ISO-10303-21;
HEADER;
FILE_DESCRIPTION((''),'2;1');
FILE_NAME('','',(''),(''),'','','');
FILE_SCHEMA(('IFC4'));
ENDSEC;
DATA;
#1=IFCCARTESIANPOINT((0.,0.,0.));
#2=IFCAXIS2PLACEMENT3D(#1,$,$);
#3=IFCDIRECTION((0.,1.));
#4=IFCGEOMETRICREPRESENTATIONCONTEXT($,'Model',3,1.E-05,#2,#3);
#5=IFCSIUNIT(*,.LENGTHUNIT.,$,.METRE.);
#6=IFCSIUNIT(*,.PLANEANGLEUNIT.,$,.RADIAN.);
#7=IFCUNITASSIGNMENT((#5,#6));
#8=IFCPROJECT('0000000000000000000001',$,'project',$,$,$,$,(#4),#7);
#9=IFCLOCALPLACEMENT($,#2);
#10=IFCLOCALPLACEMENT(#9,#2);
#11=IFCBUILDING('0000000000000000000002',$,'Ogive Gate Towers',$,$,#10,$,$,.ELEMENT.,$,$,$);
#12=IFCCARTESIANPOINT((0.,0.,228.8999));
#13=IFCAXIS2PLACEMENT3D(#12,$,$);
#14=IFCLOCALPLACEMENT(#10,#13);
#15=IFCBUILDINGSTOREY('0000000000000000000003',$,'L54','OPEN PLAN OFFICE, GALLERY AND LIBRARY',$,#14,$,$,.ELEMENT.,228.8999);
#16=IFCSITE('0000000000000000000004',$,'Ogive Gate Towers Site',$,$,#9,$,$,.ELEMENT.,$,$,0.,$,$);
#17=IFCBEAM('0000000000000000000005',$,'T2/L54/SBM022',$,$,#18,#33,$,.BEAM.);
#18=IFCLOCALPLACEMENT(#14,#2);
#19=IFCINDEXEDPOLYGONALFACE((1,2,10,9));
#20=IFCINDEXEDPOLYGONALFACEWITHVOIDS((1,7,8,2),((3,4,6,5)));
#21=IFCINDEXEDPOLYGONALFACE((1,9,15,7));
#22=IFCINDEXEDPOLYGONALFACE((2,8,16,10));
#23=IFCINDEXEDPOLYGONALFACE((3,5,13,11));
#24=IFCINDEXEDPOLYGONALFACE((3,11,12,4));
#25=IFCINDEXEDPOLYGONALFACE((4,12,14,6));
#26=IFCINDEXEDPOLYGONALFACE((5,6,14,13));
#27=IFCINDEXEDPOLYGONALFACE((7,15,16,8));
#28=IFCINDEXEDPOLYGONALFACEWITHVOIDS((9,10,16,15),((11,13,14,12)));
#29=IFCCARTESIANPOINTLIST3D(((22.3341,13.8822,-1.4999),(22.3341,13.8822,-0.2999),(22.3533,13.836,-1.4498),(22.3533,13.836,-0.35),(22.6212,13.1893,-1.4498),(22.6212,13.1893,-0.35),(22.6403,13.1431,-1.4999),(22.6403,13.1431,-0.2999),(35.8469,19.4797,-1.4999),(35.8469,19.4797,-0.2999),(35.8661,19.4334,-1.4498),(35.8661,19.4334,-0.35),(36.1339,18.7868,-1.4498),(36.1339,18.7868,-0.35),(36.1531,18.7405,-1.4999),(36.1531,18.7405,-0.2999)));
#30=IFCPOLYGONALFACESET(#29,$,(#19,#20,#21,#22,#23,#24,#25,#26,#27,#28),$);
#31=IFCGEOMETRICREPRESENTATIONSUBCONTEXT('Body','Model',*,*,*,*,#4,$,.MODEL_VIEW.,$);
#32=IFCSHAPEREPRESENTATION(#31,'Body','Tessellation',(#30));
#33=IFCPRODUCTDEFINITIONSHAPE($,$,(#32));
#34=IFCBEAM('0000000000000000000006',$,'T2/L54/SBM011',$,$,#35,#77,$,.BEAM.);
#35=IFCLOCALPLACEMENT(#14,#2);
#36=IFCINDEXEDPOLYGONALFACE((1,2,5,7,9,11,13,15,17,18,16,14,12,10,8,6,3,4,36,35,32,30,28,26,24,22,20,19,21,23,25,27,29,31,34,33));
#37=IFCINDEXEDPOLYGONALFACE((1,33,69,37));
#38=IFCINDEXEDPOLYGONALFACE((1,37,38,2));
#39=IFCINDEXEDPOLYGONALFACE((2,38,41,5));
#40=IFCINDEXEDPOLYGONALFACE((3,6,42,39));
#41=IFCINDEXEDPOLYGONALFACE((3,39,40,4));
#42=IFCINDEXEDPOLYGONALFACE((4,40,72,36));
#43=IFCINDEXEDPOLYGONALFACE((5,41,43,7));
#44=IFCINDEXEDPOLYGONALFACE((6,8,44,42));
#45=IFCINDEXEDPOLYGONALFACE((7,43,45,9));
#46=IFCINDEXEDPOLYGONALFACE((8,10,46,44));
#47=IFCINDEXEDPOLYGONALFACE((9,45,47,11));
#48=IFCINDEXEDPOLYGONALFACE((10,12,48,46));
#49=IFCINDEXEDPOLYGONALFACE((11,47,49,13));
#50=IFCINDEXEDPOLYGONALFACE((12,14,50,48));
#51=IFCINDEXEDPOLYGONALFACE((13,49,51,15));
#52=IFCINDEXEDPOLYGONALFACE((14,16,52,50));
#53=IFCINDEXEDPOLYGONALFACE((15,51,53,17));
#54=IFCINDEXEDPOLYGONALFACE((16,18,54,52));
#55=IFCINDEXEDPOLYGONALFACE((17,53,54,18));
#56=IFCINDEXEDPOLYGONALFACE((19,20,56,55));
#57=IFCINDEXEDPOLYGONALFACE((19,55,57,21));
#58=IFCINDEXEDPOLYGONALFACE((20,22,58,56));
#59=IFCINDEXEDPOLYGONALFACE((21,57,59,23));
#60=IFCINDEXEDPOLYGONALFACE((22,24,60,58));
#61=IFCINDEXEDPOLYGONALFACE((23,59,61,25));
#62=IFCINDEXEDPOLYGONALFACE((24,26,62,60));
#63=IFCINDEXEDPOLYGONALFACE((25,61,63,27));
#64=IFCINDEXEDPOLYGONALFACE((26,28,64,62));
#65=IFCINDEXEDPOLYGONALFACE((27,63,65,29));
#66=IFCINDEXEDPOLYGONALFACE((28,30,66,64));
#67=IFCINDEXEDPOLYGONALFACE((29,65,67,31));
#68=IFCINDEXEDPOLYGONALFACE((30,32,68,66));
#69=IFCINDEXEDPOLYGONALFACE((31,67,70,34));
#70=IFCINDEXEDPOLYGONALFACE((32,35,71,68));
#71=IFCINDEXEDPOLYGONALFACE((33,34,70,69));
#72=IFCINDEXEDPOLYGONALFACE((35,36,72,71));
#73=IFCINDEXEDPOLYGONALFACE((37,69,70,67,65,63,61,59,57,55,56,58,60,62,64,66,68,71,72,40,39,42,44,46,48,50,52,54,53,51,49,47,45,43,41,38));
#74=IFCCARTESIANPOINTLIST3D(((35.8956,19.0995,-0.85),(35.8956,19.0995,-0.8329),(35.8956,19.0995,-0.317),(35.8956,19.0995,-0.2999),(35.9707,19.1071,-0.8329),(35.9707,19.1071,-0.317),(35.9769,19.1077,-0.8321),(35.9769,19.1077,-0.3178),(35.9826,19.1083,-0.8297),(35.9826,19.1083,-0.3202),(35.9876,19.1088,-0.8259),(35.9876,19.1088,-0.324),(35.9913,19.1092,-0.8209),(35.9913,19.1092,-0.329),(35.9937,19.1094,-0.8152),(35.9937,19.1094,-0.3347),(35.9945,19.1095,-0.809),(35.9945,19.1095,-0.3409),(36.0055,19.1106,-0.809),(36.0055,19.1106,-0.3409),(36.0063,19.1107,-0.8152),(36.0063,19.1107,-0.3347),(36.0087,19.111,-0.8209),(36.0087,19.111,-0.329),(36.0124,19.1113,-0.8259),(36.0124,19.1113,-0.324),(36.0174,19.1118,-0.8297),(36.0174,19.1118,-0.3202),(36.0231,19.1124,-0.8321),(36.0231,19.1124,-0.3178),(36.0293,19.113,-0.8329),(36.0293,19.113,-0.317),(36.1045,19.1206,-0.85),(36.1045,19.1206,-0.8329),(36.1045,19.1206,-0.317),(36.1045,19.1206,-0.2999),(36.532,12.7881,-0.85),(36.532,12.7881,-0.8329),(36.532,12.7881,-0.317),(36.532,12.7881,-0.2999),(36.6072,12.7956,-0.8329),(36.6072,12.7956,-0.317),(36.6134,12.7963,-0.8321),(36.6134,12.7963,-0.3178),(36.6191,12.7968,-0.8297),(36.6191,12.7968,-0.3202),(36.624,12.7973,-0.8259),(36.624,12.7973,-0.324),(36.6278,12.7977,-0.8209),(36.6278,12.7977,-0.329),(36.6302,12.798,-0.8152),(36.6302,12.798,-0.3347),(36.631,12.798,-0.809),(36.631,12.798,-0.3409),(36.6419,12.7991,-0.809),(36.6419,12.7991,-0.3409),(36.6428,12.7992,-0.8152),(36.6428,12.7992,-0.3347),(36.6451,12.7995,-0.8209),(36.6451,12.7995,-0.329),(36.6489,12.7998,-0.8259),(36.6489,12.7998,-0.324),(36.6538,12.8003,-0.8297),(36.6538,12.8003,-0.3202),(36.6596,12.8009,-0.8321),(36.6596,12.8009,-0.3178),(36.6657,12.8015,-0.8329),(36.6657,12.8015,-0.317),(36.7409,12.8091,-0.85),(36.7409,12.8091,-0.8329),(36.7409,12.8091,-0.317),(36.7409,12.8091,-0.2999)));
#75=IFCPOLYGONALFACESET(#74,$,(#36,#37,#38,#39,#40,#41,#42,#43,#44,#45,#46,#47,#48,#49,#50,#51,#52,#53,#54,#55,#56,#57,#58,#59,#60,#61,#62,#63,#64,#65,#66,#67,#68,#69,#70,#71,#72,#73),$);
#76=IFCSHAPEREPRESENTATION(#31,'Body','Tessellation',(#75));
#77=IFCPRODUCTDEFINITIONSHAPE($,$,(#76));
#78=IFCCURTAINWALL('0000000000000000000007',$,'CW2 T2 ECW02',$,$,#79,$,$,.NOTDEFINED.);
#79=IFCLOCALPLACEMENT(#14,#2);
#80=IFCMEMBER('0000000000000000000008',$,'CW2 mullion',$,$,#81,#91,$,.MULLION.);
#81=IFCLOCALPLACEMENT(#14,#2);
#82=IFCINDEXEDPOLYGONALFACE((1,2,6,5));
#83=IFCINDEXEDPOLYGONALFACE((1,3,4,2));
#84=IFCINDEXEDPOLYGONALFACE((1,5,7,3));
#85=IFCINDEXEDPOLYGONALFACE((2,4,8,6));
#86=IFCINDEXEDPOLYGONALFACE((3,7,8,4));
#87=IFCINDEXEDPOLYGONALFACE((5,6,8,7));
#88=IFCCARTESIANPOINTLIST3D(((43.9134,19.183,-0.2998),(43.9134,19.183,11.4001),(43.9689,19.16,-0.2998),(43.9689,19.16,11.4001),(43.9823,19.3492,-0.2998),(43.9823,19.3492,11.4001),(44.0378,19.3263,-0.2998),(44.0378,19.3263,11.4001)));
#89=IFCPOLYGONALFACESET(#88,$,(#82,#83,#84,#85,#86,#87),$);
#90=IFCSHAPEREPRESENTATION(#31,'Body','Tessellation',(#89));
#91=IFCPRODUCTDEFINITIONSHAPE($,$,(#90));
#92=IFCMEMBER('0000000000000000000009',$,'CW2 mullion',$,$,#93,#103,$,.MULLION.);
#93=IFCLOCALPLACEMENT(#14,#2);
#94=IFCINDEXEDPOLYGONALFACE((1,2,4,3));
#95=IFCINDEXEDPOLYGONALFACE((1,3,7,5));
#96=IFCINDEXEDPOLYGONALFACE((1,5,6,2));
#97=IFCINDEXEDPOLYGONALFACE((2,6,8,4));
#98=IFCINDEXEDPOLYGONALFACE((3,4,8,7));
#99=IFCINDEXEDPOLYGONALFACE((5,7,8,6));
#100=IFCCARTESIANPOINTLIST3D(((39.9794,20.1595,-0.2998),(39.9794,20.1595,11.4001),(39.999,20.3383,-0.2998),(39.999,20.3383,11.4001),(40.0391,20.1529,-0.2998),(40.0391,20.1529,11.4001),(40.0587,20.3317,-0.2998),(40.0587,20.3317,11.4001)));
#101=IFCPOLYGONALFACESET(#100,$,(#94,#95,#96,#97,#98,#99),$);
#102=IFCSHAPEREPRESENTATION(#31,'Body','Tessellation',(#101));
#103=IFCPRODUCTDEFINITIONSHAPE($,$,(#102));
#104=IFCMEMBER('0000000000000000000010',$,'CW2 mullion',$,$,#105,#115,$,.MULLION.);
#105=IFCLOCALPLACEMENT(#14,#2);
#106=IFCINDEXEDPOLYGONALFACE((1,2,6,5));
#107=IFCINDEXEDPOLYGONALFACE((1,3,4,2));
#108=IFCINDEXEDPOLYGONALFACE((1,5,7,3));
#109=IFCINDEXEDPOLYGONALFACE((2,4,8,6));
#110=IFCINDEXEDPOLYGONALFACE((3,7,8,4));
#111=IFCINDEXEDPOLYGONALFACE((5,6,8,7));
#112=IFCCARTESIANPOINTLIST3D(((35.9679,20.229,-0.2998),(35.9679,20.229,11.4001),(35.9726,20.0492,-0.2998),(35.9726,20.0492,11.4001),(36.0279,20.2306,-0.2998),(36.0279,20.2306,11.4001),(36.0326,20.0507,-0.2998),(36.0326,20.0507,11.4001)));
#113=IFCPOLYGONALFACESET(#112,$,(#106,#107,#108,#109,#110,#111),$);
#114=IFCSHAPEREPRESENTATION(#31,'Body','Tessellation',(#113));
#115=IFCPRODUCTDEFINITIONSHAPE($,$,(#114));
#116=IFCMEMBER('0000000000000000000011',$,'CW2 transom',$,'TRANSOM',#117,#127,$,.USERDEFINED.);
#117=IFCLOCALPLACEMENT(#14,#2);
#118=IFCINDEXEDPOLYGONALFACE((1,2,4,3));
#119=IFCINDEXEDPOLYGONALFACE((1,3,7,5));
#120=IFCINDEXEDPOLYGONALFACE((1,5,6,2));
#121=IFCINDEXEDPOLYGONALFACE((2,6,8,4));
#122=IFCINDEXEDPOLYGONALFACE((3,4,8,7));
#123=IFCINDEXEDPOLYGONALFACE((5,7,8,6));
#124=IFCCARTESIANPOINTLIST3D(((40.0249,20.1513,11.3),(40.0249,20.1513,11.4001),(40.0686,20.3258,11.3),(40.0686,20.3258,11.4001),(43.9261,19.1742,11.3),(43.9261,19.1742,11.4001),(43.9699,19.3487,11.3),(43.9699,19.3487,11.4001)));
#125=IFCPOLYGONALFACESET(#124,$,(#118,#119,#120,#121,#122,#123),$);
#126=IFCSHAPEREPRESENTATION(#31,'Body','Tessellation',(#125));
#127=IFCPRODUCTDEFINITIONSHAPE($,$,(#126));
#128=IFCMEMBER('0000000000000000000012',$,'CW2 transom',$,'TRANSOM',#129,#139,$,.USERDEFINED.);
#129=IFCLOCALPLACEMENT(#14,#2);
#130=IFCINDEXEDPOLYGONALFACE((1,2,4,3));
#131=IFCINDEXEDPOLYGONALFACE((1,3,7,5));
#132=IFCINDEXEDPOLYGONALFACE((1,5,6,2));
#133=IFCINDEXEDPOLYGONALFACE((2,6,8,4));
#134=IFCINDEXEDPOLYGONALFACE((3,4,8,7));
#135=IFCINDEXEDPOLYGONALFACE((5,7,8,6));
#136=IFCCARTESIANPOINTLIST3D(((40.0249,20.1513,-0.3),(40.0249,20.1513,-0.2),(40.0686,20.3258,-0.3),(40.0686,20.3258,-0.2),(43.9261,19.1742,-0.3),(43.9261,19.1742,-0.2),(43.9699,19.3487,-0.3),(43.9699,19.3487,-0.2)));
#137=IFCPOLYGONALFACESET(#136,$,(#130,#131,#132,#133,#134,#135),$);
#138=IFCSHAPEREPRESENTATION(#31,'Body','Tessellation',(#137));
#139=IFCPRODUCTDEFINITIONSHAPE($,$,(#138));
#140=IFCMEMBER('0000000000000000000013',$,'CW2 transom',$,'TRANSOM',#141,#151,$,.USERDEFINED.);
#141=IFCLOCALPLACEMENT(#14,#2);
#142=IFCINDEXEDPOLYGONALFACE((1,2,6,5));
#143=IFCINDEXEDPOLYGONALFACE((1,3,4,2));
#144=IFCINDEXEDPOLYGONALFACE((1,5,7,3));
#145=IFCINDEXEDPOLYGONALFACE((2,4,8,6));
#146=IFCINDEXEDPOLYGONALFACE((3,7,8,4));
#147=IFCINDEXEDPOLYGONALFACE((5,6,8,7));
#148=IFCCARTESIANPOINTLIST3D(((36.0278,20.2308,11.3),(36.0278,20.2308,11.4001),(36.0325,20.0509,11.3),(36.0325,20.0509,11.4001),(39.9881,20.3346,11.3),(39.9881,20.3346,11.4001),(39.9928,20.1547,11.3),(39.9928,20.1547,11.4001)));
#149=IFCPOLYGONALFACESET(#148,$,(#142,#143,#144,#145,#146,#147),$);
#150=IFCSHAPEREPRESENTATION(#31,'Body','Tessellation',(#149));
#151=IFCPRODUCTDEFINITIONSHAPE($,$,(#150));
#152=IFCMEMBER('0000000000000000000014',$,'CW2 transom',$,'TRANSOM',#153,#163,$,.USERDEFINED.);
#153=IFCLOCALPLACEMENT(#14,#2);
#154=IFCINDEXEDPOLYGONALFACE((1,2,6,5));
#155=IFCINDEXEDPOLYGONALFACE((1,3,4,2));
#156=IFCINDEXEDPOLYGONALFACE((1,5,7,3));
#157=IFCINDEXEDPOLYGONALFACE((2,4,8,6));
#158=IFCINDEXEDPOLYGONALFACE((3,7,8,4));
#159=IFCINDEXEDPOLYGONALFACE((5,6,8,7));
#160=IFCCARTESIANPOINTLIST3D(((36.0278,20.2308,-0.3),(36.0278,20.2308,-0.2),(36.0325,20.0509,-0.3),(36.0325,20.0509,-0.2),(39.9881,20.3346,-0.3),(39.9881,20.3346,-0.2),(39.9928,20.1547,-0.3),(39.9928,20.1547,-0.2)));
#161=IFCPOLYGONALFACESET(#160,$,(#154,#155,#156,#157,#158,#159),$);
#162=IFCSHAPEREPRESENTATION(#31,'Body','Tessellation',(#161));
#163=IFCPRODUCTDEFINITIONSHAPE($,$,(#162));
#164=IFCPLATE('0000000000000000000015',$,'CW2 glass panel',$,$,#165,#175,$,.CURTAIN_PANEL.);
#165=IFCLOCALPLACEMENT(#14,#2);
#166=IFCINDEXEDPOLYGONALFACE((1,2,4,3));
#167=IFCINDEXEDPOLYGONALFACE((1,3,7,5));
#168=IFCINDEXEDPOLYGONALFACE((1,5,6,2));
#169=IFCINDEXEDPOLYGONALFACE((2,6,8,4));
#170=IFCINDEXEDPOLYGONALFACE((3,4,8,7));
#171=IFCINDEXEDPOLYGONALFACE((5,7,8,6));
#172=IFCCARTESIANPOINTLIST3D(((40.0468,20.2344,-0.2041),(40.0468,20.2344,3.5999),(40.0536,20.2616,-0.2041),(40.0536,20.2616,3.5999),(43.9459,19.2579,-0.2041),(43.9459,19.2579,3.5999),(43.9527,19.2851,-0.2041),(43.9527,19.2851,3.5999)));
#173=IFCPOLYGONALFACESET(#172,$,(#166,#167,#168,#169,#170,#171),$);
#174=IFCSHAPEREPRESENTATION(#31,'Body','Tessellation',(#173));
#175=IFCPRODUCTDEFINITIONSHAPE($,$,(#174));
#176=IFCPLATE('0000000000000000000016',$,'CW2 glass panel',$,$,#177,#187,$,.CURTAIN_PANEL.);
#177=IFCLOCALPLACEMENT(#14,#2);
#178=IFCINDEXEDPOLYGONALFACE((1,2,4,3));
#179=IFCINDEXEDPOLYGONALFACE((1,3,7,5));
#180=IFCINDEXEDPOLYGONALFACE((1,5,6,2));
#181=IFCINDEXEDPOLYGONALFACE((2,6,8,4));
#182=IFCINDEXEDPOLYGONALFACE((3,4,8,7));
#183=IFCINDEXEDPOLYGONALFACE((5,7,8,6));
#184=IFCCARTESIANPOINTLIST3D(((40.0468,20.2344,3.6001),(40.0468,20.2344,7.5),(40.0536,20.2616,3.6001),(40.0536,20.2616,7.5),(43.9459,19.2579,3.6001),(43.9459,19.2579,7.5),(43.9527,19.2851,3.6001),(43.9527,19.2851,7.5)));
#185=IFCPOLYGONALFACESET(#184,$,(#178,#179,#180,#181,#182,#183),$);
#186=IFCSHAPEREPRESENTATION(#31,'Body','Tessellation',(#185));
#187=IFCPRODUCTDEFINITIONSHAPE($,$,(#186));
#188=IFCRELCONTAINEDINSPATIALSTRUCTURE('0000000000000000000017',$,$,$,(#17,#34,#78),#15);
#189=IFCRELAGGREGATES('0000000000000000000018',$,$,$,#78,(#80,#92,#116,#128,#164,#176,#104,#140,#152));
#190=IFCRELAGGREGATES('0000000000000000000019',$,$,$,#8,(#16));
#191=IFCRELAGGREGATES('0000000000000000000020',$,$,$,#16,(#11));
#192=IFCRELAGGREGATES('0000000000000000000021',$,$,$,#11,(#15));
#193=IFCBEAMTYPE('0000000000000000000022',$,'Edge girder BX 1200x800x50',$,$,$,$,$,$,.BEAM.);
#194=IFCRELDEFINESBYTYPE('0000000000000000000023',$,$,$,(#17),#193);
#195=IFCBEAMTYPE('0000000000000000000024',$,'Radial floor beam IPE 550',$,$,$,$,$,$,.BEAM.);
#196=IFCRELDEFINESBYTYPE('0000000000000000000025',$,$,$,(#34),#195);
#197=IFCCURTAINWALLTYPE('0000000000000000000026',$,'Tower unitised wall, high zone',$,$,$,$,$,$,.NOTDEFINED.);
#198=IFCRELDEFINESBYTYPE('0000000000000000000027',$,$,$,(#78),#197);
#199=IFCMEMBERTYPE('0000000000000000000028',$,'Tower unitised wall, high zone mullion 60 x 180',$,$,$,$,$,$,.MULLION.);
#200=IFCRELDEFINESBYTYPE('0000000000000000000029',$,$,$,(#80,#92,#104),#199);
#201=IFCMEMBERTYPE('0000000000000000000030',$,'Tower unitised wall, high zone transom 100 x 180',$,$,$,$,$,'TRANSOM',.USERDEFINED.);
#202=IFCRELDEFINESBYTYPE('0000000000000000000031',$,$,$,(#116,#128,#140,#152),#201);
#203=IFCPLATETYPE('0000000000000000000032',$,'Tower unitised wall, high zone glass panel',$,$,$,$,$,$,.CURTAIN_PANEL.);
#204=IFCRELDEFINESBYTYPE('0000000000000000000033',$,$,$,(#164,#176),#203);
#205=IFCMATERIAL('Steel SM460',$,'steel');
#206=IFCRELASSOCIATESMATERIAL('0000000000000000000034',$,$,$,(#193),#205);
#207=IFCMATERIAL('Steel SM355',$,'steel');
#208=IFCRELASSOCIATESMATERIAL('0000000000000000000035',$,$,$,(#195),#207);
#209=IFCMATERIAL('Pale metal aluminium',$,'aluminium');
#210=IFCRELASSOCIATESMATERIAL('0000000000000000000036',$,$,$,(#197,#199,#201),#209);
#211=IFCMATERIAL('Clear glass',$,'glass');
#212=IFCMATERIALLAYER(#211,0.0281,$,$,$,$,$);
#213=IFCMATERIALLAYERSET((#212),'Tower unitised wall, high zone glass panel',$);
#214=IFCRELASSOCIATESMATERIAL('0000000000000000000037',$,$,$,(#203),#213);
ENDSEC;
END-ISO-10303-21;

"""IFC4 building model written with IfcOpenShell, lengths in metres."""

from ifc_helpers import new_model, si_unit, direction, frame, origin, origin_2d, place, context, subcontext, project, spatial, rectangle, hollow_rectangle, i_section, extrude, material, layer, layer_set, material_profile, profile_set, type_object, element, aggregate, save


model = new_model("IFC4")

# Units and contexts
model_context = context("Model", 3, precision=1e-05, world=origin(), true_north=direction((0.0, 1.0)))
body_context = subcontext(model_context, "Body", "Model", "MODEL_VIEW")
ifc_project = project(units=[si_unit("LENGTHUNIT", "METRE"), si_unit("PLANEANGLEUNIT", "RADIAN")], contexts=[model_context])

# Site, building, storey
site_placement = place(None, origin())
site = spatial("IfcSite", under=ifc_project, at=site_placement, Name="Ogive Gate Towers Site", CompositionType="ELEMENT", RefElevation=0.0)
building_placement = place(site_placement, origin())
building = spatial("IfcBuilding", under=site, at=building_placement, Name="Ogive Gate Towers", CompositionType="ELEMENT")
storey_placement = place(building_placement, frame((0.0, 0.0, 228.8999)))
storey = spatial("IfcBuildingStorey", under=building, at=storey_placement, Name="L54", Description="OPEN PLAN OFFICE, GALLERY AND LIBRARY", CompositionType="ELEMENT", Elevation=228.8999)

# Beams
ifc_material_1 = material(Name="Steel SM460", Category="steel")
ifc_material_profile_1 = material_profile(ifc_material_1, hollow_rectangle(XDim=0.8, YDim=1.2, WallThickness=0.05, at=origin_2d()), Name="BX 1200x800x50")
ifc_profile_set_1 = profile_set([ifc_material_profile_1], Name="Steel SM460")
beam_type_1 = type_object("IfcBeamType", Name="Edge girder BX 1200x800x50", PredefinedType="BEAM", material=ifc_profile_set_1)
beam_1_placement = place(storey_placement, frame((36.0, 19.1101, -0.8999), z_axis=(-0.923873, -0.382699, 0.0), x_axis=(0.382699, -0.923873, 0.0)))
element("IfcBeam", 1, at=beam_1_placement, inside=storey, type_object=beam_type_1, Name="T2/L54/SBM022", PredefinedType="BEAM", context=body_context, shape_type="SweptSolid", body=[
    extrude(hollow_rectangle(XDim=0.8, YDim=1.2, WallThickness=0.05, at=origin_2d()), origin(), (0.0, 0.0, 1.0), 14.6262),
])
ifc_material_2 = material(Name="Steel SM355", Category="steel")
ifc_material_profile_2 = material_profile(ifc_material_2, i_section(OverallWidth=0.21, OverallDepth=0.55, WebThickness=0.011, FlangeThickness=0.0171, FilletRadius=0.0239, at=origin_2d()), Name="IPE 550")
ifc_profile_set_2 = profile_set([ifc_material_profile_2], Name="Steel SM355")
beam_type_2 = type_object("IfcBeamType", Name="Radial floor beam IPE 550", PredefinedType="BEAM", material=ifc_profile_set_2)
beam_2_placement = place(storey_placement, frame((36.6365, 12.7986, -0.575), z_axis=(-0.100334, 0.994954, 0.0), x_axis=(-0.994954, -0.100334, 0.0)))
element("IfcBeam", 2, at=beam_2_placement, inside=storey, type_object=beam_type_2, Name="T2/L54/SBM011", PredefinedType="BEAM", context=body_context, shape_type="SweptSolid", body=[
    extrude(i_section(OverallWidth=0.21, OverallDepth=0.55, WebThickness=0.011, FlangeThickness=0.0171, FilletRadius=0.0239, at=origin_2d()), origin(), (0.0, 0.0, 1.0), 6.3435),
])

# Curtain wall, members, plates
ifc_material_3 = material(Name="Pale metal aluminium", Category="aluminium")
curtain_wall_type = type_object("IfcCurtainWallType", Name="Tower unitised wall, high zone", PredefinedType="NOTDEFINED", material=ifc_material_3)
curtain_wall_placement = place(storey_placement, origin())
curtain_wall = element("IfcCurtainWall", 3, at=curtain_wall_placement, inside=storey, type_object=curtain_wall_type, Name="CW2 T2 ECW02", PredefinedType="NOTDEFINED")
ifc_material_profile_3 = material_profile(ifc_material_3, rectangle(XDim=0.1799, YDim=0.0601, at=origin_2d()), Name="60 x 180 aluminium box")
ifc_profile_set_3 = profile_set([ifc_material_profile_3], Name="Pale metal aluminium")
member_type_1 = type_object("IfcMemberType", Name="Tower unitised wall, high zone mullion 60 x 180", PredefinedType="MULLION", material=ifc_profile_set_3)
member_1_placement = place(storey_placement, frame((43.9756, 19.2546, -0.2998), z_axis=(0.0, 0.0, 1.0), x_axis=(0.3827, 0.923873, 0.0)))
member_1 = element("IfcMember", 4, at=member_1_placement, type_object=member_type_1, Name="CW2 mullion", PredefinedType="MULLION", context=body_context, shape_type="SweptSolid", body=[
    extrude(rectangle(XDim=0.1799, YDim=0.0601, at=origin_2d()), origin(), (0.0, 0.0, 1.0), 11.7),
])
member_2_placement = place(storey_placement, frame((40.019, 20.2456, -0.2998), z_axis=(0.0, 0.0, 1.0), x_axis=(0.10937, 0.994001, 0.0)))
member_2 = element("IfcMember", 5, at=member_2_placement, type_object=member_type_1, Name="CW2 mullion", PredefinedType="MULLION", context=body_context, shape_type="SweptSolid", body=[
    extrude(rectangle(XDim=0.1799, YDim=0.0601, at=origin_2d()), origin(), (0.0, 0.0, 1.0), 11.7),
])
member_3_placement = place(storey_placement, frame((36.0002, 20.1399, -0.2998), z_axis=(0.0, 0.0, 1.0), x_axis=(-0.026229, 0.999656, 0.0)))
member_3 = element("IfcMember", 6, at=member_3_placement, type_object=member_type_1, Name="CW2 mullion", PredefinedType="MULLION", context=body_context, shape_type="SweptSolid", body=[
    extrude(rectangle(XDim=0.1799, YDim=0.0601, at=origin_2d()), origin(), (0.0, 0.0, 1.0), 11.7),
])
ifc_material_profile_4 = material_profile(ifc_material_3, rectangle(XDim=0.1799, YDim=0.1001, at=origin_2d()), Name="100 x 180 aluminium box")
ifc_profile_set_4 = profile_set([ifc_material_profile_4], Name="Pale metal aluminium")
member_type_2 = type_object("IfcMemberType", Name="Tower unitised wall, high zone transom 100 x 180", ElementType="TRANSOM", PredefinedType="USERDEFINED", material=ifc_profile_set_4)
member_4_placement = place(storey_placement, frame((43.948, 19.2615, 11.3501), z_axis=(-0.970039, 0.24295, 0.0), x_axis=(-0.24295, -0.970039, 0.0)))
member_4 = element("IfcMember", 7, at=member_4_placement, type_object=member_type_2, Name="CW2 transom", ObjectType="TRANSOM", PredefinedType="USERDEFINED", context=body_context, shape_type="SweptSolid", body=[
    extrude(rectangle(XDim=0.1799, YDim=0.1001, at=origin_2d()), origin(), (0.0, 0.0, 1.0), 4.0217),
])
member_5_placement = place(storey_placement, frame((43.948, 19.2615, -0.25), z_axis=(-0.970039, 0.24295, 0.0), x_axis=(-0.24295, -0.970039, 0.0)))
member_5 = element("IfcMember", 8, at=member_5_placement, type_object=member_type_2, Name="CW2 transom", ObjectType="TRANSOM", PredefinedType="USERDEFINED", context=body_context, shape_type="SweptSolid", body=[
    extrude(rectangle(XDim=0.1799, YDim=0.1001, at=origin_2d()), origin(), (0.0, 0.0, 1.0), 4.0217),
])
member_6_placement = place(storey_placement, frame((39.9905, 20.2446, 11.3501), z_axis=(-0.999657, -0.026192, 0.0), x_axis=(0.026192, -0.999657, 0.0)))
member_6 = element("IfcMember", 9, at=member_6_placement, type_object=member_type_2, Name="CW2 transom", ObjectType="TRANSOM", PredefinedType="USERDEFINED", context=body_context, shape_type="SweptSolid", body=[
    extrude(rectangle(XDim=0.1799, YDim=0.1001, at=origin_2d()), origin(), (0.0, 0.0, 1.0), 3.9617),
])
member_7_placement = place(storey_placement, frame((39.9905, 20.2446, -0.25), z_axis=(-0.999657, -0.026192, 0.0), x_axis=(0.026192, -0.999657, 0.0)))
member_7 = element("IfcMember", 10, at=member_7_placement, type_object=member_type_2, Name="CW2 transom", ObjectType="TRANSOM", PredefinedType="USERDEFINED", context=body_context, shape_type="SweptSolid", body=[
    extrude(rectangle(XDim=0.1799, YDim=0.1001, at=origin_2d()), origin(), (0.0, 0.0, 1.0), 3.9617),
])
ifc_material_4 = material(Name="Clear glass", Category="glass")
ifc_layer_1 = layer(ifc_material_4, 0.0281)
ifc_layer_set_1 = layer_set([ifc_layer_1], Name="Tower unitised wall, high zone glass panel")
plate_type = type_object("IfcPlateType", Name="Tower unitised wall, high zone glass panel", PredefinedType="CURTAIN_PANEL", material=ifc_layer_set_1)
plate_1_placement = place(storey_placement, frame((41.9998, 19.7598, -0.2041), z_axis=(0.0, 0.0, 1.0), x_axis=(-0.970042, 0.242938, 0.0)))
plate_1 = element("IfcPlate", 11, at=plate_1_placement, type_object=plate_type, Name="CW2 glass panel", PredefinedType="CURTAIN_PANEL", context=body_context, shape_type="SweptSolid", body=[
    extrude(rectangle(XDim=4.0195, YDim=0.0281, at=origin_2d()), origin(), (0.0, 0.0, 1.0), 3.804),
])
plate_2_placement = place(storey_placement, frame((41.9998, 19.7598, 3.6001), z_axis=(0.0, 0.0, 1.0), x_axis=(-0.970042, 0.242938, 0.0)))
plate_2 = element("IfcPlate", 12, at=plate_2_placement, type_object=plate_type, Name="CW2 glass panel", PredefinedType="CURTAIN_PANEL", context=body_context, shape_type="SweptSolid", body=[
    extrude(rectangle(XDim=4.0195, YDim=0.0281, at=origin_2d()), origin(), (0.0, 0.0, 1.0), 3.8999),
])
aggregate(curtain_wall, [member_1, member_2, member_4, member_5, plate_1, plate_2, member_3, member_6, member_7])

save(model, "model.ifc")
